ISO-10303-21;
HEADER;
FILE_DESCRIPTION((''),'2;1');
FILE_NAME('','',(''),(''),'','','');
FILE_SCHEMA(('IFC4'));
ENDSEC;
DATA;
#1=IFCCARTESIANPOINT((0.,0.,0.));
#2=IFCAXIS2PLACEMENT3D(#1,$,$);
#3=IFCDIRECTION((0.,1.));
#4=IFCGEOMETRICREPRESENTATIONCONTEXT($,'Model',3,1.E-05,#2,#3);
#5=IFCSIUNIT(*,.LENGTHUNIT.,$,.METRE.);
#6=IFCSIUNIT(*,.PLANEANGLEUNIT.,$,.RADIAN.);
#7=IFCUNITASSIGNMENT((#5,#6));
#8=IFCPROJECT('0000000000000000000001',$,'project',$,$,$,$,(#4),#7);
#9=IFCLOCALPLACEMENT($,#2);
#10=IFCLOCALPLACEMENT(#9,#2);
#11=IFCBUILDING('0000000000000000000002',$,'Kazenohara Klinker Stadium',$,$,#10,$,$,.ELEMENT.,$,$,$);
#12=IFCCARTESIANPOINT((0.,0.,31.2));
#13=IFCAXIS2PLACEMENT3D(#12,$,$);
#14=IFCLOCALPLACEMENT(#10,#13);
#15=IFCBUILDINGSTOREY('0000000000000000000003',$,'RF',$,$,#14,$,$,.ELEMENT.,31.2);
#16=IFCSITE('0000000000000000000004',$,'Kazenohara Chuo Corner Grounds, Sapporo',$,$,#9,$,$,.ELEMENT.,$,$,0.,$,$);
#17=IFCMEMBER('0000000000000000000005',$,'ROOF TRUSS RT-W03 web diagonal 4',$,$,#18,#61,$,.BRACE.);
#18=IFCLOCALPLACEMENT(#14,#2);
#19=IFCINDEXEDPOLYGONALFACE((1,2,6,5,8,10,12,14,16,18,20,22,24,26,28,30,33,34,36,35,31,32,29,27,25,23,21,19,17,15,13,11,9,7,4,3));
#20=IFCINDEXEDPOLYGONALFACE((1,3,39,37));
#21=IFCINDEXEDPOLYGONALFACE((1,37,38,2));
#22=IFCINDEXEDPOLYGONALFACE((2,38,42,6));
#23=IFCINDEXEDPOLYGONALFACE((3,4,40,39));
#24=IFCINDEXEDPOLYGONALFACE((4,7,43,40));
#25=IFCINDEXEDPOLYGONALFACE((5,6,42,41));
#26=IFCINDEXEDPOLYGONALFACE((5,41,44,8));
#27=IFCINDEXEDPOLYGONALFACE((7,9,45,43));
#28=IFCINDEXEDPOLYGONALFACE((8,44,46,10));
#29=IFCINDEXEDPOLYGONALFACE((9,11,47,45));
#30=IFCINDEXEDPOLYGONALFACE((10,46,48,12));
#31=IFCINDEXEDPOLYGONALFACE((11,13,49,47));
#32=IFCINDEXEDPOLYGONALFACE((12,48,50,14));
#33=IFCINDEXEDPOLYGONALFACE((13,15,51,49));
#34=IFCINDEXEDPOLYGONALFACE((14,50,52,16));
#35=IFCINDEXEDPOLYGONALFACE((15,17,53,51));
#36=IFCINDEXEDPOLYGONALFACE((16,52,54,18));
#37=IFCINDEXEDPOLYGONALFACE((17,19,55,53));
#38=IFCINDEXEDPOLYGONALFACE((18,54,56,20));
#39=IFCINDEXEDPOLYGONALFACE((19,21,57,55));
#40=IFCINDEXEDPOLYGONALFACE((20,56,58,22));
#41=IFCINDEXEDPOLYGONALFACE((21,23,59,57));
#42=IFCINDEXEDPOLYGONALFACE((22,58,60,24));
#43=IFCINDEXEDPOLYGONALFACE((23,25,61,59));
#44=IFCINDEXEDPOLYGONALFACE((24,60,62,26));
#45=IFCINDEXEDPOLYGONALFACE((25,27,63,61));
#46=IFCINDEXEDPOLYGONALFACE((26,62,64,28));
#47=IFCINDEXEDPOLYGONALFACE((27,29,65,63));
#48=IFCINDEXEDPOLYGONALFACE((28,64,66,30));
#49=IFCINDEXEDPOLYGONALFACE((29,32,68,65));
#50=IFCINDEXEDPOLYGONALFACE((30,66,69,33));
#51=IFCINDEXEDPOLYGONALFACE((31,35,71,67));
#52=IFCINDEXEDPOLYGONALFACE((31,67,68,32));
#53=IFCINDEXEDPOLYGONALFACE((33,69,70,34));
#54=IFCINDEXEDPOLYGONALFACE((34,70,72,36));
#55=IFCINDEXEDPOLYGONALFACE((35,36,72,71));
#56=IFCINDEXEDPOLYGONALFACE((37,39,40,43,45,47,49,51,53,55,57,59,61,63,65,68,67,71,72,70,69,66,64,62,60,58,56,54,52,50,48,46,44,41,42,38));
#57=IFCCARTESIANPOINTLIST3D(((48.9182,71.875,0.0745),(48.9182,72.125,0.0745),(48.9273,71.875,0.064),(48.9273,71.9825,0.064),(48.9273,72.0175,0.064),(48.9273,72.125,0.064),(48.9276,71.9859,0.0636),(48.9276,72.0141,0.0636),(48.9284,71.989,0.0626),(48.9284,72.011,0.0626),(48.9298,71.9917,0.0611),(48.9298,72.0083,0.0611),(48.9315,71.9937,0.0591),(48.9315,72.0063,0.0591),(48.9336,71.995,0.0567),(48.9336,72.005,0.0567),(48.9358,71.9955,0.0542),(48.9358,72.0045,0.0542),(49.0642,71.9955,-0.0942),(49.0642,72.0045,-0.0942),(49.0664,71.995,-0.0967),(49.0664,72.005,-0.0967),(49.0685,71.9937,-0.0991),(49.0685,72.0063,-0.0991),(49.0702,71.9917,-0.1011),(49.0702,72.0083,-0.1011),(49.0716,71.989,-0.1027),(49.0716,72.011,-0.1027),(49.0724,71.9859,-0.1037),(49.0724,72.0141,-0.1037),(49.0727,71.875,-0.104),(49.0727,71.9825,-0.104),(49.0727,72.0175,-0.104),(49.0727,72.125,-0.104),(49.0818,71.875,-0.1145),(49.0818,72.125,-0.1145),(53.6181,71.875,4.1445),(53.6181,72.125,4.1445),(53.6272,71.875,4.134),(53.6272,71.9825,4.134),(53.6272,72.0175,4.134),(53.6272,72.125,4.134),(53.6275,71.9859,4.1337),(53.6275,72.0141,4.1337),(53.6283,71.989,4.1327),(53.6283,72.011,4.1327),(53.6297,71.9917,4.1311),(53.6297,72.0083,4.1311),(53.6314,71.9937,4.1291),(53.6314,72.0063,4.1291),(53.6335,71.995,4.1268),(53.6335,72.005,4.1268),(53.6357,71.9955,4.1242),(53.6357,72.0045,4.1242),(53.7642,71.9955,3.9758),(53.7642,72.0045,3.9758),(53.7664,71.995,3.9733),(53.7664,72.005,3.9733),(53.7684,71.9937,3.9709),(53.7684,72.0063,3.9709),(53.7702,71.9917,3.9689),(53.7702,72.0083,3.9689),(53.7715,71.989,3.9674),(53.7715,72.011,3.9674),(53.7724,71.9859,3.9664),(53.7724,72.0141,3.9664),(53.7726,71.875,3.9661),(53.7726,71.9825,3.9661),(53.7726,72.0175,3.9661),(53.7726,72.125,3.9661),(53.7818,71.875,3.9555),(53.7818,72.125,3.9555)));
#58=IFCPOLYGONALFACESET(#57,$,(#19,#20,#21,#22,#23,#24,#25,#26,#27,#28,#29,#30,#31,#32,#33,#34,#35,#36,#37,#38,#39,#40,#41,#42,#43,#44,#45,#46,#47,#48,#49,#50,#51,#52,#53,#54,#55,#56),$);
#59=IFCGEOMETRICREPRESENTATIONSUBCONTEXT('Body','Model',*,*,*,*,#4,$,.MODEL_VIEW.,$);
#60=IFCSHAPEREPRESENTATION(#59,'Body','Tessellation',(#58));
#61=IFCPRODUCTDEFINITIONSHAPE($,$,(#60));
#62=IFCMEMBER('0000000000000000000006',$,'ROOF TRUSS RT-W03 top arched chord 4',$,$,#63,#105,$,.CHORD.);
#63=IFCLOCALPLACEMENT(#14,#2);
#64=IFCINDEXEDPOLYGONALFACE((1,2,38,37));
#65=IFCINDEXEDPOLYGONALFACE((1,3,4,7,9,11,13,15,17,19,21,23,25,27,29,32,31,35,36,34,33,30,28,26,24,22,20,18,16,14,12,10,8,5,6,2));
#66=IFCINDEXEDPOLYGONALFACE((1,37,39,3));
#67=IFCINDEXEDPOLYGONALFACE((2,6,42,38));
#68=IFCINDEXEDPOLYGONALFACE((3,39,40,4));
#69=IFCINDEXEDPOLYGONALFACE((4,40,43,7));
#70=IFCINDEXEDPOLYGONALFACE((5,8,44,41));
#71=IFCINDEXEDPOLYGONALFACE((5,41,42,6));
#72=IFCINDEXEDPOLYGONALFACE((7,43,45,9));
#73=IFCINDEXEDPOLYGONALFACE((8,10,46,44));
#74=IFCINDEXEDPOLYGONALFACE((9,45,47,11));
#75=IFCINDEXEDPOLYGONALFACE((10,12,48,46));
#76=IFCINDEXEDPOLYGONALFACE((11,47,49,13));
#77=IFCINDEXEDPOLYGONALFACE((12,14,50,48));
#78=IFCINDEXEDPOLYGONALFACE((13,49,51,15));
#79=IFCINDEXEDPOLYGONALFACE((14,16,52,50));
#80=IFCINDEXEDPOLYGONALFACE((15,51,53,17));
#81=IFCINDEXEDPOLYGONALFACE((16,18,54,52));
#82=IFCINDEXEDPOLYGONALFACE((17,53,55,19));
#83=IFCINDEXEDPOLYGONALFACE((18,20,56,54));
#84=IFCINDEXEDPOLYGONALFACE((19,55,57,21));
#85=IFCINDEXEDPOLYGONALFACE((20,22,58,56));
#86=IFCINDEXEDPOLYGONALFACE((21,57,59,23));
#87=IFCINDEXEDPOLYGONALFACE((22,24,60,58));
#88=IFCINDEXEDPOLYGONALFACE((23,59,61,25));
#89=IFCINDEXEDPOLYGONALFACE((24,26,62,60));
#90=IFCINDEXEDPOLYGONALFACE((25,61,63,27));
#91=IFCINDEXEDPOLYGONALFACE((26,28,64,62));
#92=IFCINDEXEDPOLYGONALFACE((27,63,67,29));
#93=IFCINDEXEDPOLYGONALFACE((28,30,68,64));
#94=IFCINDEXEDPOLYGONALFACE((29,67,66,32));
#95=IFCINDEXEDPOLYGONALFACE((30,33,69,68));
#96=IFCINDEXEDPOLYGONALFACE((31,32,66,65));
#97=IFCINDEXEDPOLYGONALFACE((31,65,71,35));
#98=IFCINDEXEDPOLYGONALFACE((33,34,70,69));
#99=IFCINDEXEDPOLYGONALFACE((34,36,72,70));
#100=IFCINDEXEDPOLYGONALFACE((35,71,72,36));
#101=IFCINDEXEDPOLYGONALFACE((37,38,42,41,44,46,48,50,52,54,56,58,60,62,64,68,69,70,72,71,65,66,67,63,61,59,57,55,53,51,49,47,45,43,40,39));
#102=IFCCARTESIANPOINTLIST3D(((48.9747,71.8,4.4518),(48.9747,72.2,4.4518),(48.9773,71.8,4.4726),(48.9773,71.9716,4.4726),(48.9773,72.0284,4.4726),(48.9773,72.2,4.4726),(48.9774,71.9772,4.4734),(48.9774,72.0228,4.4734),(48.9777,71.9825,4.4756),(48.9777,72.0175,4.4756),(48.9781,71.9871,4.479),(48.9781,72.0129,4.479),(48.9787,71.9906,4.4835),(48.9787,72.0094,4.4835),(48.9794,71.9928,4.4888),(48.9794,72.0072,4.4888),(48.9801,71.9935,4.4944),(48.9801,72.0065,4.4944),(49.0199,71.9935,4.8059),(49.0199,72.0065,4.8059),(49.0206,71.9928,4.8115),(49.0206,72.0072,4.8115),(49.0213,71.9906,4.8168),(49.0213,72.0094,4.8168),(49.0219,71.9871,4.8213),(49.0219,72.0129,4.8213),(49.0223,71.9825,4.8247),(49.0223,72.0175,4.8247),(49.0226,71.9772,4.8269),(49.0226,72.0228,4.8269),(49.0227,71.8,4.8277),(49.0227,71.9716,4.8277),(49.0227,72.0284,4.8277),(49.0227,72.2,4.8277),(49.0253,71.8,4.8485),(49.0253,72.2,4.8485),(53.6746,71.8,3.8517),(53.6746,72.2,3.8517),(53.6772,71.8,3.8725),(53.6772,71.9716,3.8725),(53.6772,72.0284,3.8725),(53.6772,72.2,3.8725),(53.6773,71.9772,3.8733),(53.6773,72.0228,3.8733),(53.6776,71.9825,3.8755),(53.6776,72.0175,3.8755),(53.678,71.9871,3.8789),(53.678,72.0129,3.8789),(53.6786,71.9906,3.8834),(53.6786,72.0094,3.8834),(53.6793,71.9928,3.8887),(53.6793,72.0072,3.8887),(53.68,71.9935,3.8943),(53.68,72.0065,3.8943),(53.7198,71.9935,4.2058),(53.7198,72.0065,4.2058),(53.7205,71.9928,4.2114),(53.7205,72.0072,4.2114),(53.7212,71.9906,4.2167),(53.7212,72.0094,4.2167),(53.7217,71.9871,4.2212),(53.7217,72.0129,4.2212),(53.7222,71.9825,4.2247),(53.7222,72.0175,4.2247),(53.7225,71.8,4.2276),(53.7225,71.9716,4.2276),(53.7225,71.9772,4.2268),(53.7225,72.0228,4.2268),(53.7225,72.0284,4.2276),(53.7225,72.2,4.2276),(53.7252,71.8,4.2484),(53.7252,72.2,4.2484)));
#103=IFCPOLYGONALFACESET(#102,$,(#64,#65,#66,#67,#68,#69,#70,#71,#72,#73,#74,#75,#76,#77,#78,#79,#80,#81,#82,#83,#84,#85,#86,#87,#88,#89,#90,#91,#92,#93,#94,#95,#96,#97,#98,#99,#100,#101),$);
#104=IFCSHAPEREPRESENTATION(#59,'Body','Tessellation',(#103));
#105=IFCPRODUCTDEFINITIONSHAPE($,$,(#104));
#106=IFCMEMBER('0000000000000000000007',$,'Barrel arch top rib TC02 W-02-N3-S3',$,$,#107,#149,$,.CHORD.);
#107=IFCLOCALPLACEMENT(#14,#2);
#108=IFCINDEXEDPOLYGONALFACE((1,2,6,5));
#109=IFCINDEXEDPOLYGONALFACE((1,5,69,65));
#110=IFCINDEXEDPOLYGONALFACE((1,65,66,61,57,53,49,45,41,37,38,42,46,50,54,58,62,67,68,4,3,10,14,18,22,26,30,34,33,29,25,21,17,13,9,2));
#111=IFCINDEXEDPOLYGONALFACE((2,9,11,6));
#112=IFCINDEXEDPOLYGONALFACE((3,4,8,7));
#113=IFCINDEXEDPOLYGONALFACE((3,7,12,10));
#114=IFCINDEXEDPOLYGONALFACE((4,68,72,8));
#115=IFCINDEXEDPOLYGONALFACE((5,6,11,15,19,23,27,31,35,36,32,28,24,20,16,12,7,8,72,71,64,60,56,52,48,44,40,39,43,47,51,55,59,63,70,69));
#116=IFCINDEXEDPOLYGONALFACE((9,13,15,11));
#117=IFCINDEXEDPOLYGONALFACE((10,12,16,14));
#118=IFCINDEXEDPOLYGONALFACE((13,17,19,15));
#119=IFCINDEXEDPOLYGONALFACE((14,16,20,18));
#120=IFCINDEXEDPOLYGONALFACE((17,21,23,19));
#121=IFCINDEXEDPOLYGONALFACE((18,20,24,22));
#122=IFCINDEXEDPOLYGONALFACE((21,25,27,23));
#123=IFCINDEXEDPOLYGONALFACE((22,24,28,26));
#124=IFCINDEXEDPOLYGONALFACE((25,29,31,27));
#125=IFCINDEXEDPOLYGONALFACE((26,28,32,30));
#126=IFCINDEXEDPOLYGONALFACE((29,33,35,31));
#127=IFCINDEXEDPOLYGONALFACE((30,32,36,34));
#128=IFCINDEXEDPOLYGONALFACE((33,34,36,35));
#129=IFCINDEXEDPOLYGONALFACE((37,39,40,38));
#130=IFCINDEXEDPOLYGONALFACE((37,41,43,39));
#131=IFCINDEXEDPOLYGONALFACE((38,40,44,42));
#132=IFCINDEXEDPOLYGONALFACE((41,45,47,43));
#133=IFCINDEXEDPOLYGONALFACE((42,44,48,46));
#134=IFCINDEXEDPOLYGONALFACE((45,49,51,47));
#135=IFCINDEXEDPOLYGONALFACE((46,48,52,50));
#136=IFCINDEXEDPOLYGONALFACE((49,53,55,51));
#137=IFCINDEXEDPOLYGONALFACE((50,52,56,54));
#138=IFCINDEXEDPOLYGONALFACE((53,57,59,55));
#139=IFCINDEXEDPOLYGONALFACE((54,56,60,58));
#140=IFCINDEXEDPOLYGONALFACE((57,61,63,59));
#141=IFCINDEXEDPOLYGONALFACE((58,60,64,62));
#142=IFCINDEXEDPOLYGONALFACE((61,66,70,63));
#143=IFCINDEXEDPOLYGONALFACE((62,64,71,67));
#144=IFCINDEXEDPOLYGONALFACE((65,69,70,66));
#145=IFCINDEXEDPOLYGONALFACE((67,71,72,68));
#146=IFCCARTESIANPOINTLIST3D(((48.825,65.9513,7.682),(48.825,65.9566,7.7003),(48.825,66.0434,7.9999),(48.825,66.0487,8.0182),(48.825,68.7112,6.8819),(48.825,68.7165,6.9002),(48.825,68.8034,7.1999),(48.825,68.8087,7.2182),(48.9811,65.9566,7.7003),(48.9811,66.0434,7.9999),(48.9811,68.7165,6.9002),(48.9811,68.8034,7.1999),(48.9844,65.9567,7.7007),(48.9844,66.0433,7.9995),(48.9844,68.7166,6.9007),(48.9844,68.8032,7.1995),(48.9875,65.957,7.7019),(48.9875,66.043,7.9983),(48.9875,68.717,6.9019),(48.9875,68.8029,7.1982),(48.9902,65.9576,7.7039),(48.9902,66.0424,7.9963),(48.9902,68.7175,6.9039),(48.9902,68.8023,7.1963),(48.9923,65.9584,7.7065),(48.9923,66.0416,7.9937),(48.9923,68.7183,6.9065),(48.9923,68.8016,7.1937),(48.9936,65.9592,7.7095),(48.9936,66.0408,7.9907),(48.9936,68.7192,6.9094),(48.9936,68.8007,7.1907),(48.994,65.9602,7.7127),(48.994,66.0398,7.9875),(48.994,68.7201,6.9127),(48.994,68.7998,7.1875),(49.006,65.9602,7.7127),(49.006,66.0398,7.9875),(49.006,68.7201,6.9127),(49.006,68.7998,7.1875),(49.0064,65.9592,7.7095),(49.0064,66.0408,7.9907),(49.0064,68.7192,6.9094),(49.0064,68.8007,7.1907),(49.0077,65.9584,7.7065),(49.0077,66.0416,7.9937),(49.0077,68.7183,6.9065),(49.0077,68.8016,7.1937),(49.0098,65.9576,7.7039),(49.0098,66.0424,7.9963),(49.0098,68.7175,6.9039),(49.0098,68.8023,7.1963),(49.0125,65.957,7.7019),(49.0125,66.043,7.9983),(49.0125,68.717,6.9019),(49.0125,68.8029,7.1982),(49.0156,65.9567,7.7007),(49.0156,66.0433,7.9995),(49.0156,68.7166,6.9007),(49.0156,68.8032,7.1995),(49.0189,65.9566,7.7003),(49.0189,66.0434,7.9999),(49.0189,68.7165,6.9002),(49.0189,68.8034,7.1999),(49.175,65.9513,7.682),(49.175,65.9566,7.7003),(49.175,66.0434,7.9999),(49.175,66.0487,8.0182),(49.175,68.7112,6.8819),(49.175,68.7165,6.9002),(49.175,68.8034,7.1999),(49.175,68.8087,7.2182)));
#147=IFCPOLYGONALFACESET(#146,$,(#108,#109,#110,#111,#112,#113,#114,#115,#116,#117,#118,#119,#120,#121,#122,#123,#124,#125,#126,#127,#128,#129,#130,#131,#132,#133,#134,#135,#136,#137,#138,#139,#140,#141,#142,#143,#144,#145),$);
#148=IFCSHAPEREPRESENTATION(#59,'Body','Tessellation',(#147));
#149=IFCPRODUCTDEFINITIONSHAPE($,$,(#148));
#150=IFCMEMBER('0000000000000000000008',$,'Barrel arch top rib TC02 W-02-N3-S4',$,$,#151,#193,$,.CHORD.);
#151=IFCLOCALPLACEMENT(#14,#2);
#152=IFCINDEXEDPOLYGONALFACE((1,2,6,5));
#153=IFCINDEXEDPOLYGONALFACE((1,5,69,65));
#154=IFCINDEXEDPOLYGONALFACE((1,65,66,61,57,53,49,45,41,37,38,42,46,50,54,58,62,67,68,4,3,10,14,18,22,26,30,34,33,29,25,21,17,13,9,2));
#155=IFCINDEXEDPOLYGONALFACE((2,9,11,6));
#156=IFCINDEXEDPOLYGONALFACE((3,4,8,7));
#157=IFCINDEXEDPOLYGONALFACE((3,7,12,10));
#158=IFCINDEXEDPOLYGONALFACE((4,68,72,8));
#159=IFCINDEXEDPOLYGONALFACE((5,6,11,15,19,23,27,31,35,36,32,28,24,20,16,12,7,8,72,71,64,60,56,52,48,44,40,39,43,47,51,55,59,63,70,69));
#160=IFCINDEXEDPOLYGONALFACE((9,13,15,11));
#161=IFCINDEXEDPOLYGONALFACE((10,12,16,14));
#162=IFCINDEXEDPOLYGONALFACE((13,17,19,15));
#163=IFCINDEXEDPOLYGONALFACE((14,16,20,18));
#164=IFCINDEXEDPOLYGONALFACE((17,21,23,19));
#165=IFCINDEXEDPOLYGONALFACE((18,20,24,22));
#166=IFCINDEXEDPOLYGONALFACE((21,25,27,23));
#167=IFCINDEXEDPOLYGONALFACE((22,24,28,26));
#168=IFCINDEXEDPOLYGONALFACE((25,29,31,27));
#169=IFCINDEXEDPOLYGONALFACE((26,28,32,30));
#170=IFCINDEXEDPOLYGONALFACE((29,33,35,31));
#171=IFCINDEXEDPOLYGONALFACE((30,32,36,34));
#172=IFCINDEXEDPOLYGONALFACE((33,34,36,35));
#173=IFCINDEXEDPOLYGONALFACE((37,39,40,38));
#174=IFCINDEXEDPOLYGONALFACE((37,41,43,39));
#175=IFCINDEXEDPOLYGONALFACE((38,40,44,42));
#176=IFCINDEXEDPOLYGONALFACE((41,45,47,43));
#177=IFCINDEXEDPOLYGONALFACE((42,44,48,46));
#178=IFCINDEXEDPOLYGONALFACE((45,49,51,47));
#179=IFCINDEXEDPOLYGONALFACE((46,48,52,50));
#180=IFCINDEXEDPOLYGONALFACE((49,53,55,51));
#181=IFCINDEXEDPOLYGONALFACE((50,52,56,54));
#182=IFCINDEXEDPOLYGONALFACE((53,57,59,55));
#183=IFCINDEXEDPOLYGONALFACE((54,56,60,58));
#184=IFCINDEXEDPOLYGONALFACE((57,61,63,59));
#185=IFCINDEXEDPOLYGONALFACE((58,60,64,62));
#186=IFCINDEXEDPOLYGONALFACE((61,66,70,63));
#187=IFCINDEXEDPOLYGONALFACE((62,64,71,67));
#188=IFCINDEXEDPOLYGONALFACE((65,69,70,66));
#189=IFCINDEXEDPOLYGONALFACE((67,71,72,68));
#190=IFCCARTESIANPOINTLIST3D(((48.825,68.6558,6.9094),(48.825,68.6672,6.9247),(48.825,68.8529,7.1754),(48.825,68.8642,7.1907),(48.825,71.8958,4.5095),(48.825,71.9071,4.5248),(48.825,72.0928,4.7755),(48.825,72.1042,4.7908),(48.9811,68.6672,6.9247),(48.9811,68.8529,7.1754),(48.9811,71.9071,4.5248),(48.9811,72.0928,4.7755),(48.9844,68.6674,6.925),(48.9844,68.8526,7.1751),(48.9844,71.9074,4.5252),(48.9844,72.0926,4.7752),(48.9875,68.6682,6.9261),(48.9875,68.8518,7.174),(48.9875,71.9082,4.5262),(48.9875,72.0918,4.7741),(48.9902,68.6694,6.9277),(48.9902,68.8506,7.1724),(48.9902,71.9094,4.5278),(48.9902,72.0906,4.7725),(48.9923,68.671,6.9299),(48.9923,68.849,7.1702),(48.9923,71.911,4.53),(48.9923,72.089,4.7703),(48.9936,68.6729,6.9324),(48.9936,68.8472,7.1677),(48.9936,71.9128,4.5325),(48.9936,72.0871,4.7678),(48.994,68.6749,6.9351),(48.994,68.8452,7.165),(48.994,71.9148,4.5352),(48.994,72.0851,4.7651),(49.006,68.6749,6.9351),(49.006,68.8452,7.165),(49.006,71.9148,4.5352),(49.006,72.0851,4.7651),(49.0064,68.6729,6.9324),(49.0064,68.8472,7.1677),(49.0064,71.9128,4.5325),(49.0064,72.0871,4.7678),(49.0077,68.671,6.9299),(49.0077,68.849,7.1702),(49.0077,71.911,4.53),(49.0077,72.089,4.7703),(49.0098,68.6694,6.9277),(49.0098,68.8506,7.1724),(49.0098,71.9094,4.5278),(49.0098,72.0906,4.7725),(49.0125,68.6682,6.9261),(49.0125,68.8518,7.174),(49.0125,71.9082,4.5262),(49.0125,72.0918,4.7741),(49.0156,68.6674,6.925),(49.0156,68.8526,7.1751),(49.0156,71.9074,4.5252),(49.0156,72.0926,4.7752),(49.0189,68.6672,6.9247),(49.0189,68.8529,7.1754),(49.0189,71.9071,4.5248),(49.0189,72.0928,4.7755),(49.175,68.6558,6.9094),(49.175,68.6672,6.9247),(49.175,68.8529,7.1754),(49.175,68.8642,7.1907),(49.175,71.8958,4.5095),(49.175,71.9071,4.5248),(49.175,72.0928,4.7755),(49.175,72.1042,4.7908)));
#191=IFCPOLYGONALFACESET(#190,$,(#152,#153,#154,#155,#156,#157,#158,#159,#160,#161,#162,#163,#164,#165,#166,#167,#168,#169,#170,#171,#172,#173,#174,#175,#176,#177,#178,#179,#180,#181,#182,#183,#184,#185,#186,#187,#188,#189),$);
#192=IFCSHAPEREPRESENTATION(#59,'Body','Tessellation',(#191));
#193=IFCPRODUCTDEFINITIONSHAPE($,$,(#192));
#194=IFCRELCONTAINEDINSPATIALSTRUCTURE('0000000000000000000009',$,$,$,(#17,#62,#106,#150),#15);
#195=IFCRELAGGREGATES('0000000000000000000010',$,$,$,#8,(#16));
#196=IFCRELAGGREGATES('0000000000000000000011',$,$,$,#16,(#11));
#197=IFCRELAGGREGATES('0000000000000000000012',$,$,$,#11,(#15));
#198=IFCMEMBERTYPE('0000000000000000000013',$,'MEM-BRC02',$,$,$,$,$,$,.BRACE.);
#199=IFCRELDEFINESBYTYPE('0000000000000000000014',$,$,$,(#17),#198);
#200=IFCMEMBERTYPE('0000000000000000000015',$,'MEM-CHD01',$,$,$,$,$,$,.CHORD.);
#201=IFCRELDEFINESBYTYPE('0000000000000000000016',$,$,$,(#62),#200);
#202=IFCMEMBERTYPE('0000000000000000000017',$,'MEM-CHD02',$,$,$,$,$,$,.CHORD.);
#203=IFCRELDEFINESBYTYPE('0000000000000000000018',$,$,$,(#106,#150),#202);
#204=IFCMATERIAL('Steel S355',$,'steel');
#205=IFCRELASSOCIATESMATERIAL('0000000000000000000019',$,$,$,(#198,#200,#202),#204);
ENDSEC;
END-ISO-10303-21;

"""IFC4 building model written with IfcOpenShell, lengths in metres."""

from ifc_helpers import new_model, si_unit, direction, frame, origin, origin_2d, place, context, subcontext, project, spatial, i_section, extrude, material, material_profile, profile_set, type_object, element, save


model = new_model("IFC4")

# Units and contexts
model_context = context("Model", 3, precision=1e-05, world=origin(), true_north=direction((0.0, 1.0)))
body_context = subcontext(model_context, "Body", "Model", "MODEL_VIEW")
ifc_project = project(units=[si_unit("LENGTHUNIT", "METRE"), si_unit("PLANEANGLEUNIT", "RADIAN")], contexts=[model_context])

# Site, building, storey
site_placement = place(None, origin())
site = spatial("IfcSite", under=ifc_project, at=site_placement, Name="Kazenohara Chuo Corner Grounds, Sapporo", CompositionType="ELEMENT", RefElevation=0.0)
building_placement = place(site_placement, origin())
building = spatial("IfcBuilding", under=site, at=building_placement, Name="Kazenohara Klinker Stadium", CompositionType="ELEMENT")
storey_placement = place(building_placement, frame((0.0, 0.0, 31.2)))
storey = spatial("IfcBuildingStorey", under=building, at=storey_placement, Name="RF", CompositionType="ELEMENT", Elevation=31.2)

# Members
ifc_material_1 = material(Name="Steel S355", Category="steel")
ifc_material_profile_1 = material_profile(ifc_material_1, i_section(OverallWidth=0.25, OverallDepth=0.25, WebThickness=0.009, FlangeThickness=0.0139, FilletRadius=0.0129, at=origin_2d()), Name="H-250x250x9x14")
ifc_profile_set_1 = profile_set([ifc_material_profile_1], Name="Steel S355")
member_type_1 = type_object("IfcMemberType", Name="MEM-BRC02", PredefinedType="BRACE", material=ifc_profile_set_1)
member_1_placement = place(storey_placement, frame((49.0, 72.0, -0.02), z_axis=(0.755946, 0.0, 0.654634), x_axis=(0.0, 1.0, 0.0)))
element("IfcMember", 1, at=member_1_placement, inside=storey, type_object=member_type_1, Name="ROOF TRUSS RT-W03 web diagonal 4", PredefinedType="BRACE", context=body_context, shape_type="SweptSolid", body=[
    extrude(i_section(OverallWidth=0.25, OverallDepth=0.25, WebThickness=0.009, FlangeThickness=0.0139, FilletRadius=0.0129, at=origin_2d()), origin(), (0.0, 0.0, 1.0), 6.2173),
])
ifc_material_profile_2 = material_profile(ifc_material_1, i_section(OverallWidth=0.3999, OverallDepth=0.3999, WebThickness=0.0129, FlangeThickness=0.021, FilletRadius=0.022, at=origin_2d()), Name="H-400x400x13x21")
ifc_profile_set_2 = profile_set([ifc_material_profile_2], Name="Steel S355")
member_type_2 = type_object("IfcMemberType", Name="MEM-CHD01", PredefinedType="CHORD", material=ifc_profile_set_2)
member_2_placement = place(storey_placement, frame((49.0, 72.0, 4.6501), z_axis=(0.991947, 0.0, -0.126653), x_axis=(0.0, 1.0, 0.0)))
element("IfcMember", 2, at=member_2_placement, inside=storey, type_object=member_type_2, Name="ROOF TRUSS RT-W03 top arched chord 4", PredefinedType="CHORD", context=body_context, shape_type="SweptSolid", body=[
    extrude(i_section(OverallWidth=0.3999, OverallDepth=0.3999, WebThickness=0.0129, FlangeThickness=0.021, FilletRadius=0.022, at=origin_2d()), origin(), (0.0, 0.0, 1.0), 4.738),
])
ifc_material_profile_3 = material_profile(ifc_material_1, i_section(OverallWidth=0.3501, OverallDepth=0.3501, WebThickness=0.012, FlangeThickness=0.019, FilletRadius=0.0129, at=origin_2d()), Name="H-350x350x12x19")
ifc_profile_set_3 = profile_set([ifc_material_profile_3], Name="Steel S355")
member_type_3 = type_object("IfcMemberType", Name="MEM-CHD02", PredefinedType="CHORD", material=ifc_profile_set_3)
member_3_placement = place(storey_placement, frame((49.0, 66.0, 7.8501), z_axis=(0.0, 0.960462, -0.278411), x_axis=(-1.0, 0.0, 0.0)))
element("IfcMember", 3, at=member_3_placement, inside=storey, type_object=member_type_3, Name="Barrel arch top rib TC02 W-02-N3-S3", PredefinedType="CHORD", context=body_context, shape_type="SweptSolid", body=[
    extrude(i_section(OverallWidth=0.3501, OverallDepth=0.3501, WebThickness=0.012, FlangeThickness=0.019, FilletRadius=0.0129, at=origin_2d()), origin(), (0.0, 0.0, 1.0), 2.8735),
])
member_4_placement = place(storey_placement, frame((49.0, 68.76, 7.05), z_axis=(0.0, 0.803568, -0.595213), x_axis=(-1.0, 0.0, 0.0)))
element("IfcMember", 4, at=member_4_placement, inside=storey, type_object=member_type_3, Name="Barrel arch top rib TC02 W-02-N3-S4", PredefinedType="CHORD", context=body_context, shape_type="SweptSolid", body=[
    extrude(i_section(OverallWidth=0.3501, OverallDepth=0.3501, WebThickness=0.012, FlangeThickness=0.019, FilletRadius=0.0129, at=origin_2d()), origin(), (0.0, 0.0, 1.0), 4.032),
])

save(model, "model.ifc")
